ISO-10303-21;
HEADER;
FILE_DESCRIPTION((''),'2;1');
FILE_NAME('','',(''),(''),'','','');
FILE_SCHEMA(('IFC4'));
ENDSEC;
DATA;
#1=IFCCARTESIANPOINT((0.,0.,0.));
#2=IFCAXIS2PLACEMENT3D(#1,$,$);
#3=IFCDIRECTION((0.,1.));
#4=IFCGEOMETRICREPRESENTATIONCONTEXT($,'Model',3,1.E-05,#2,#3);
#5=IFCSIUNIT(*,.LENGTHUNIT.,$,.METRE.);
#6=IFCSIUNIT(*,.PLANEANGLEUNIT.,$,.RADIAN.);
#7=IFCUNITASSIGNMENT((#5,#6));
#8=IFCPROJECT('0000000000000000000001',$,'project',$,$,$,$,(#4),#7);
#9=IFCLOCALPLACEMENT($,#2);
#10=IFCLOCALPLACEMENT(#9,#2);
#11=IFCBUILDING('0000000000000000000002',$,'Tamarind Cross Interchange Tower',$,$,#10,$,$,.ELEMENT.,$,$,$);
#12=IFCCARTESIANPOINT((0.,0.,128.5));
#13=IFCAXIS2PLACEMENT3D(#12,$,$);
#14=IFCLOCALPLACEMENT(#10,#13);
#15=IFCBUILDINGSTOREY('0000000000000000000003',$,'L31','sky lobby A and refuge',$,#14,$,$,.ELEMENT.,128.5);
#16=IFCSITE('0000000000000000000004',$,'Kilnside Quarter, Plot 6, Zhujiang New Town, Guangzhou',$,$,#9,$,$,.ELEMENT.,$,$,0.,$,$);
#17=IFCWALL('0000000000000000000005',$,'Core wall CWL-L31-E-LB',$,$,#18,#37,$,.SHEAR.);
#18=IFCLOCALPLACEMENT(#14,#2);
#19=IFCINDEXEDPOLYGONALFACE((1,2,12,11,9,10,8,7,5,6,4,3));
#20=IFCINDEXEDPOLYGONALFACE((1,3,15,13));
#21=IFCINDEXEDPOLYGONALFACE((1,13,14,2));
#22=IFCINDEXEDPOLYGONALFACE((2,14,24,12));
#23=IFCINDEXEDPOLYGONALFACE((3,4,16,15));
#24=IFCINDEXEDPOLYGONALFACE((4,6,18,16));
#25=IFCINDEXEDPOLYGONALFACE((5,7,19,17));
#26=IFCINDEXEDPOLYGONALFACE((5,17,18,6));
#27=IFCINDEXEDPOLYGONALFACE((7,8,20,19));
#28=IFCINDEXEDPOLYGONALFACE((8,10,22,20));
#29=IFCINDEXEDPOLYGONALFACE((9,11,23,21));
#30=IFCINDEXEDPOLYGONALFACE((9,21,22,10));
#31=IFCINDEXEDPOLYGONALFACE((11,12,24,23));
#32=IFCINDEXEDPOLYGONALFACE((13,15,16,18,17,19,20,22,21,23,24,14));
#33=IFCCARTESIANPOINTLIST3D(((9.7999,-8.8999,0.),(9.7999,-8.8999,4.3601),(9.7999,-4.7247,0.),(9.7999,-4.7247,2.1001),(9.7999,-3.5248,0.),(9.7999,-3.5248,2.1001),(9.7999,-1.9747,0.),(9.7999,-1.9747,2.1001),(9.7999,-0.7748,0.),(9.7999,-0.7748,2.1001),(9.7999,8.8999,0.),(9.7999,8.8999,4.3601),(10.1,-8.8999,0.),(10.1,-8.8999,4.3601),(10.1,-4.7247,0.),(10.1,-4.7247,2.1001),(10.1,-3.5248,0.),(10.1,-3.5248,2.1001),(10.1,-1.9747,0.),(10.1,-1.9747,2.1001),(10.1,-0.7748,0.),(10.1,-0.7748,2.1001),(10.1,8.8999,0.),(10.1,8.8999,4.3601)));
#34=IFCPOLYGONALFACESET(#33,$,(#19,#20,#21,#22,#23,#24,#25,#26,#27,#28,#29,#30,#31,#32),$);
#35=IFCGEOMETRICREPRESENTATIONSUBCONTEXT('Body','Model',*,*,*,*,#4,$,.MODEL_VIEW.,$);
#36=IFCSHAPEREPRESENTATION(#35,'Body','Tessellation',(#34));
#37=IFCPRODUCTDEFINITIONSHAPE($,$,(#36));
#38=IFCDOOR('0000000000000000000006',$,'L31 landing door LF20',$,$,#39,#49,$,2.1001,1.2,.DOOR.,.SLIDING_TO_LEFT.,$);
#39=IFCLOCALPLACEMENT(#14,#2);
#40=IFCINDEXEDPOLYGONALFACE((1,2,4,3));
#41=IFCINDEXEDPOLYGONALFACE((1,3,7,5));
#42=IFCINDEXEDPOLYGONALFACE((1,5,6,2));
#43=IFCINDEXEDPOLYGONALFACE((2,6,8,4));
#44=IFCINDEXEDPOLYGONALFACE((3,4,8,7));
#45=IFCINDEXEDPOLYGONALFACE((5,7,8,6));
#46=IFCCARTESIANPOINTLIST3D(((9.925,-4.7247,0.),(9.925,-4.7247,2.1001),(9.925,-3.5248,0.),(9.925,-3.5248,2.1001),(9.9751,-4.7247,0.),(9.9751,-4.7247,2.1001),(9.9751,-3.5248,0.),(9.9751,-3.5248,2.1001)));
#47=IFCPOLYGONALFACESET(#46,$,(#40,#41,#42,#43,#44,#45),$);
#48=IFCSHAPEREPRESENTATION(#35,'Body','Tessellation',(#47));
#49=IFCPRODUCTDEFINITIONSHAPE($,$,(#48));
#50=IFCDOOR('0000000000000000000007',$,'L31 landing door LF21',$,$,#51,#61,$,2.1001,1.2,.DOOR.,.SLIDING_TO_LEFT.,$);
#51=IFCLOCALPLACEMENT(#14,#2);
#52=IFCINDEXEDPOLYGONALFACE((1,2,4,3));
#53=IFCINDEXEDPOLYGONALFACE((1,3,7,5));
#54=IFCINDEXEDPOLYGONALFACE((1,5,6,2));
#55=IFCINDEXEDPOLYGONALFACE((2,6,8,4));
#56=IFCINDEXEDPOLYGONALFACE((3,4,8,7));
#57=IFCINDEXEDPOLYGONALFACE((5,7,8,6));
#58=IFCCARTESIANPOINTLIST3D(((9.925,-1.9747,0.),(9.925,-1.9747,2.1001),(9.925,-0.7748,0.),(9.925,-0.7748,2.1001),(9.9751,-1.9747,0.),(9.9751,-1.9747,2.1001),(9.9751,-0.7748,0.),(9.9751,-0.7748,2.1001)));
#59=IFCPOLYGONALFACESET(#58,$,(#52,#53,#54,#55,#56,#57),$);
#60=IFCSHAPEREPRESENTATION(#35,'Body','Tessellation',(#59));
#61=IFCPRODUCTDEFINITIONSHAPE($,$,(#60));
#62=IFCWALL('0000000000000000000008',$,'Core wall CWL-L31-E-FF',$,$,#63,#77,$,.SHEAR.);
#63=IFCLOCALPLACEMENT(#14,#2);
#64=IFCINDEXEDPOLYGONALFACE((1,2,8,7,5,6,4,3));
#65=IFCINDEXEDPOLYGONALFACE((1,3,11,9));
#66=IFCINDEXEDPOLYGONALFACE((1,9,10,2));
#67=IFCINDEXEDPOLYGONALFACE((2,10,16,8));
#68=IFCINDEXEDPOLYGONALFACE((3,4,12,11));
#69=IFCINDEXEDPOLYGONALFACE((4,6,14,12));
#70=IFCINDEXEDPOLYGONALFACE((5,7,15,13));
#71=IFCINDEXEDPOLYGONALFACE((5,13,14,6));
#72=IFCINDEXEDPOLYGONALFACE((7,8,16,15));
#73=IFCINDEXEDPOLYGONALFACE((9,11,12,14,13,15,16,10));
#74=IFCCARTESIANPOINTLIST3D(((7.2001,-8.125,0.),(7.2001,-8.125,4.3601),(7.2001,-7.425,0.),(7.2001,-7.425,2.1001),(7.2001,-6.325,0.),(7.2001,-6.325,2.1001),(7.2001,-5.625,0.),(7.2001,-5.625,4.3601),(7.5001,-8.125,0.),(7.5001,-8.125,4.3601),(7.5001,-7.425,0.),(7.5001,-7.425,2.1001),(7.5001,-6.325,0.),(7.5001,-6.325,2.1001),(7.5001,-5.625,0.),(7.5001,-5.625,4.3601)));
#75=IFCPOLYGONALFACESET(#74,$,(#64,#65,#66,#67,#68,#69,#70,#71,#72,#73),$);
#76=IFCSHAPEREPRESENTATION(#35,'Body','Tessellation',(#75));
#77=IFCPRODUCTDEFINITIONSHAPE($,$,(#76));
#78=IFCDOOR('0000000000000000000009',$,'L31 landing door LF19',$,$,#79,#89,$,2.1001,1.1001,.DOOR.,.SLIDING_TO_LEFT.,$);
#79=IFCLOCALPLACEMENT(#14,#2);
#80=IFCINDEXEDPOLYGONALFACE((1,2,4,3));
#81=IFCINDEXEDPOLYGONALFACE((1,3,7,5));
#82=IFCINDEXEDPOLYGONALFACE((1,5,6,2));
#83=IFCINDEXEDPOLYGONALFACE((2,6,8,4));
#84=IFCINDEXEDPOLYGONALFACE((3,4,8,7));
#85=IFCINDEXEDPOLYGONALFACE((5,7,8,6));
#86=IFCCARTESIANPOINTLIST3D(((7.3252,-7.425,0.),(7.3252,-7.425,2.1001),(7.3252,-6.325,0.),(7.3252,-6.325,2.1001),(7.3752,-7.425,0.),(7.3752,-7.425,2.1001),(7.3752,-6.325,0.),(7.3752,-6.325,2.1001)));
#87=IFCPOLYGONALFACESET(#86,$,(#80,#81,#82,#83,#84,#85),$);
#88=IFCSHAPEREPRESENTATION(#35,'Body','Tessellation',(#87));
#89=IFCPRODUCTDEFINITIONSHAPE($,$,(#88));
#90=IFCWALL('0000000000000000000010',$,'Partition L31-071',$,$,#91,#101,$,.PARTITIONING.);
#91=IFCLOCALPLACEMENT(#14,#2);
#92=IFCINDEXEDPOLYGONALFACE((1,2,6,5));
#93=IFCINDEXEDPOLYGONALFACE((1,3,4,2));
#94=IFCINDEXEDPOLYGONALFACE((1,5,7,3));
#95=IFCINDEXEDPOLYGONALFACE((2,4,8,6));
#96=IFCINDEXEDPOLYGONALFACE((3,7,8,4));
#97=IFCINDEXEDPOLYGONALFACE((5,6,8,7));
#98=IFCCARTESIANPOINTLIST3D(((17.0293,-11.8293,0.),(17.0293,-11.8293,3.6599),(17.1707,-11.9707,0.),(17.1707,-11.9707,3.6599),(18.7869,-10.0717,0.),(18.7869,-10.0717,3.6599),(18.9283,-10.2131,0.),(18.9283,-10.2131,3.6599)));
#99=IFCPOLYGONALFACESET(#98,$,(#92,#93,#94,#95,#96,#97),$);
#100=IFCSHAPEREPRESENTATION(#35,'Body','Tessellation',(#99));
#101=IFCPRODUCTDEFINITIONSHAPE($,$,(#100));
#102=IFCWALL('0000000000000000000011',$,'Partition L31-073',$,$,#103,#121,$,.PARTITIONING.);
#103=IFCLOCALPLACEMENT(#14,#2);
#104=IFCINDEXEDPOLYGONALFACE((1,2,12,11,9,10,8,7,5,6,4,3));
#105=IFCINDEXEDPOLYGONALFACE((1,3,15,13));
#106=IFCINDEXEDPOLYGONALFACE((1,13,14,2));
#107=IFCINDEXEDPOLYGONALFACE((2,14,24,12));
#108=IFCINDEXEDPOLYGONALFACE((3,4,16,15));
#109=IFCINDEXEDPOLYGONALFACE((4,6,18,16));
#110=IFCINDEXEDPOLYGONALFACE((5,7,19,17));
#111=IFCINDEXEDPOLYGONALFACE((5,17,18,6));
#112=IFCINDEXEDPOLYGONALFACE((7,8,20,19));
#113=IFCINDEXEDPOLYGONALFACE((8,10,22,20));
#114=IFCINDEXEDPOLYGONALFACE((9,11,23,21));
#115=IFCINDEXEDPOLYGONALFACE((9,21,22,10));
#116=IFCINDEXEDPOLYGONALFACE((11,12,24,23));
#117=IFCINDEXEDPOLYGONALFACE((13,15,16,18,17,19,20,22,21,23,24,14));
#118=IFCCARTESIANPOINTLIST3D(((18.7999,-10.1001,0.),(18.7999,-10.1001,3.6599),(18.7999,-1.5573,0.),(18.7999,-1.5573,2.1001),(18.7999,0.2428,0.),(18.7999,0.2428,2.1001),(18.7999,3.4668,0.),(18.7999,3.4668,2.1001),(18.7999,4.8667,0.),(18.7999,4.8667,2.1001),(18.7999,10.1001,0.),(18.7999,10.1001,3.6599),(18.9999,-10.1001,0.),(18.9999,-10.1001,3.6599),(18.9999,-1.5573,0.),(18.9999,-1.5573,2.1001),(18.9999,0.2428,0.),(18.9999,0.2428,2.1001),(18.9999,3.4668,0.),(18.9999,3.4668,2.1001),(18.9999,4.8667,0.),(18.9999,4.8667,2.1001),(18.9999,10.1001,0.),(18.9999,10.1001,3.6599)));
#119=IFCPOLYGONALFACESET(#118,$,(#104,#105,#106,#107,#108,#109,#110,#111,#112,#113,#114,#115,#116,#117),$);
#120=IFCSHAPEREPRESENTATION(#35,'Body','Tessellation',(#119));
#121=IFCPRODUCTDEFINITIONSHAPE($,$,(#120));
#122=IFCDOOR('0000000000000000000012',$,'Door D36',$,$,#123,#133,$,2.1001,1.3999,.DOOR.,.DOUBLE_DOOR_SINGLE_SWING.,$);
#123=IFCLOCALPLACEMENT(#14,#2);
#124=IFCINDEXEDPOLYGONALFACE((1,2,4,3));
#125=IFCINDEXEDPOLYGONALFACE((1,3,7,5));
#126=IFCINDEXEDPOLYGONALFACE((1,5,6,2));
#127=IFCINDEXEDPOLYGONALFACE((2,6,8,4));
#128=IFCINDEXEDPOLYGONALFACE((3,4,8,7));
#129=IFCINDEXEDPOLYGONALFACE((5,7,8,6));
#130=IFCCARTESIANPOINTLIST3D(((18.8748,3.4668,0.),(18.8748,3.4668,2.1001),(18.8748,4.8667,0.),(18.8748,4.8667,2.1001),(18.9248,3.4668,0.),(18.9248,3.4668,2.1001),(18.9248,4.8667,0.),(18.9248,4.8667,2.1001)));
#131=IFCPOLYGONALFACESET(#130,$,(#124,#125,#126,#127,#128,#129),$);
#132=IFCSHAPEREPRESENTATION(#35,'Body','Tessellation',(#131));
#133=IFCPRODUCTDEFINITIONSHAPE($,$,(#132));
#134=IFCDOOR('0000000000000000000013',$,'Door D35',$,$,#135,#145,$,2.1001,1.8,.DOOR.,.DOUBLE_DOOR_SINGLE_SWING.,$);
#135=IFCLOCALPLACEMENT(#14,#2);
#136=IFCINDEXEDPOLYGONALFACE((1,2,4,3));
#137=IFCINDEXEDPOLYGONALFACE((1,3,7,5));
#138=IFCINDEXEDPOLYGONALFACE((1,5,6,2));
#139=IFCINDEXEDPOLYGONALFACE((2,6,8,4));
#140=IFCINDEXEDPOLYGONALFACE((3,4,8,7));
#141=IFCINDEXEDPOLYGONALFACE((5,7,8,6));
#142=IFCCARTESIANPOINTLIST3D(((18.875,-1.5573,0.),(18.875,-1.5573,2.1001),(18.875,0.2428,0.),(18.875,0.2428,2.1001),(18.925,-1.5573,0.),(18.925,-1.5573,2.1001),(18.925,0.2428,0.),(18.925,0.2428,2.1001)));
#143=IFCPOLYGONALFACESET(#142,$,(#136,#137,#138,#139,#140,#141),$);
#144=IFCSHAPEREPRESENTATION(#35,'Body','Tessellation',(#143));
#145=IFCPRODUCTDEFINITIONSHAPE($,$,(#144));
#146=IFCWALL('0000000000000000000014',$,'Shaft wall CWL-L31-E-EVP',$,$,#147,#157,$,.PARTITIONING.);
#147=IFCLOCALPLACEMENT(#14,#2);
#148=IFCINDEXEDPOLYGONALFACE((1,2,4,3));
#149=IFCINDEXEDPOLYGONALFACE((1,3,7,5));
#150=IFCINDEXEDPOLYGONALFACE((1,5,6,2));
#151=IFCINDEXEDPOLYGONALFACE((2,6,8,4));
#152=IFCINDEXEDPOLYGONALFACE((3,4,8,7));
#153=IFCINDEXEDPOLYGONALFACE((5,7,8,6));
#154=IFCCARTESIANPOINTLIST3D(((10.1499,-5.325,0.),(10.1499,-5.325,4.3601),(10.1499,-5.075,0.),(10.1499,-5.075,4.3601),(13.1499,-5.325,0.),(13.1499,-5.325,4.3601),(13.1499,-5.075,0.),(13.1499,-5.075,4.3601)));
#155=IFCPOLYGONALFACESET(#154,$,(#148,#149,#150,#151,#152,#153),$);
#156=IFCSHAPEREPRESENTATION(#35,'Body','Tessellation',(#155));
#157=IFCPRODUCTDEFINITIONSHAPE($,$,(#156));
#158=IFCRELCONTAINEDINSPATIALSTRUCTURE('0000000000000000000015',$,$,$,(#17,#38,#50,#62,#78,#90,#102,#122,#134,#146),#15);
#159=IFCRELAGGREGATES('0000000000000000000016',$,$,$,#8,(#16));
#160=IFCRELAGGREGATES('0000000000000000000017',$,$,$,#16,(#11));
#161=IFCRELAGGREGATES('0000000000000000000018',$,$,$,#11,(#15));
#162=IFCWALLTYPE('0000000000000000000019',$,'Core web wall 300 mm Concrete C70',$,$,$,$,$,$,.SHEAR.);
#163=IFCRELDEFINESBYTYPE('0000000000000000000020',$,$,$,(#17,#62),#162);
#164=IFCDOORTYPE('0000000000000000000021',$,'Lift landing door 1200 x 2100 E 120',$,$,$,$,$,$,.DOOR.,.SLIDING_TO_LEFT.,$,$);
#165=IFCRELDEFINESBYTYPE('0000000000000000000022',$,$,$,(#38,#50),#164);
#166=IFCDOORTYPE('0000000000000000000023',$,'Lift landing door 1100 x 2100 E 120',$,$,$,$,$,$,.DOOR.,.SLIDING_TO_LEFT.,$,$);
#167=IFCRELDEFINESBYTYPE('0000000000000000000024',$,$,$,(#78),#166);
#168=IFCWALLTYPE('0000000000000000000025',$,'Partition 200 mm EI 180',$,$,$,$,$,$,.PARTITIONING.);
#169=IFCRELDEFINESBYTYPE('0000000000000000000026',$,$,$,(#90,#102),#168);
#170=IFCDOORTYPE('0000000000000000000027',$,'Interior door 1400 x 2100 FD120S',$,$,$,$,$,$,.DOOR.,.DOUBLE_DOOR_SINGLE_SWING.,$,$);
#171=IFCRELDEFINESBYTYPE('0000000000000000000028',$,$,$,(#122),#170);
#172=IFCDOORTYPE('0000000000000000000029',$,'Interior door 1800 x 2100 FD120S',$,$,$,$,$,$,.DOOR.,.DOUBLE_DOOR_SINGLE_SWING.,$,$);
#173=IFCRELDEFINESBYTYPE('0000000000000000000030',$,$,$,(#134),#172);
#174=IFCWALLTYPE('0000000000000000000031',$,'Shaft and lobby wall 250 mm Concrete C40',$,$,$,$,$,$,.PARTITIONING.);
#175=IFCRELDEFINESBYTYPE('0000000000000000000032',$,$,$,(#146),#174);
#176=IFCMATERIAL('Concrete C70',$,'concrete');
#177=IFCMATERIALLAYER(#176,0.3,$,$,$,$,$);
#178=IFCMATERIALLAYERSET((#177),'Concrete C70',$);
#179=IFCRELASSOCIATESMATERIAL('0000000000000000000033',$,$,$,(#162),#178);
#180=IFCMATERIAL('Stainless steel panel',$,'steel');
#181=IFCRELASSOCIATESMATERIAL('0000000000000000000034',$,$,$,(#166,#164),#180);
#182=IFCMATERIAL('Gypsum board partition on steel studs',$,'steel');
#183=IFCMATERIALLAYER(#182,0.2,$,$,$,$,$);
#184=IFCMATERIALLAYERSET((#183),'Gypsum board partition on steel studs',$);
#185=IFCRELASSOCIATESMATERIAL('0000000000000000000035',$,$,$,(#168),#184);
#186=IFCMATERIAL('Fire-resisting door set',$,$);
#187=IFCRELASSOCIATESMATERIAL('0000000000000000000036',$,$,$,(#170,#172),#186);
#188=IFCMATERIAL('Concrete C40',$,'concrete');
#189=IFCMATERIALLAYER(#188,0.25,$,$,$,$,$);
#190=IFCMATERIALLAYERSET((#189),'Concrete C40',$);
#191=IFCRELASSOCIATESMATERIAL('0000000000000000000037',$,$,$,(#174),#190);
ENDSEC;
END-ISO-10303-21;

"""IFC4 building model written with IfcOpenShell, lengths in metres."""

from ifc_helpers import new_model, si_unit, direction, frame, frame_2d, origin, place, context, subcontext, project, spatial, rectangle, extrude, material, layer, layer_set, type_object, element, fill, save


model = new_model("IFC4")

# Units and contexts
model_context = context("Model", 3, precision=1e-05, world=origin(), true_north=direction((0.0, 1.0)))
body_context = subcontext(model_context, "Body", "Model", "MODEL_VIEW")
ifc_project = project(units=[si_unit("LENGTHUNIT", "METRE"), si_unit("PLANEANGLEUNIT", "RADIAN")], contexts=[model_context])

# Site, building, storey
site_placement = place(None, origin())
site = spatial("IfcSite", under=ifc_project, at=site_placement, Name="Kilnside Quarter, Plot 6, Zhujiang New Town, Guangzhou", CompositionType="ELEMENT", RefElevation=0.0)
building_placement = place(site_placement, origin())
building = spatial("IfcBuilding", under=site, at=building_placement, Name="Tamarind Cross Interchange Tower", CompositionType="ELEMENT")
storey_placement = place(building_placement, frame((0.0, 0.0, 128.5)))
storey = spatial("IfcBuildingStorey", under=building, at=storey_placement, Name="L31", Description="sky lobby A and refuge", CompositionType="ELEMENT", Elevation=128.5)

# Wall, openings, doors
ifc_material_1 = material(Name="Concrete C70", Category="concrete")
ifc_layer_1 = layer(ifc_material_1, 0.3)
ifc_layer_set_1 = layer_set([ifc_layer_1], Name="Concrete C70")
wall_type_1 = type_object("IfcWallType", Name="Core web wall 300 mm Concrete C70", PredefinedType="SHEAR", material=ifc_layer_set_1)
ifc_material_2 = material(Name="Stainless steel panel", Category="steel")
door_type_1 = type_object("IfcDoorType", Name="Lift landing door 1100 x 2100 E 120", OperationType="SLIDING_TO_LEFT", PredefinedType="DOOR", material=ifc_material_2)
wall_1_placement = place(storey_placement, frame((9.95, -8.8999, 0.0), z_axis=(0.0, 0.0, 1.0), x_axis=(0.0, 1.0, 0.0)))
wall_1 = element("IfcWall", 1, at=wall_1_placement, inside=storey, type_object=wall_type_1, Name="Core wall CWL-L31-E-LB", PredefinedType="SHEAR", context=body_context, shape_type="SweptSolid", body=[
    extrude(rectangle(XDim=17.7998, YDim=0.3, at=frame_2d((8.8999, 0.0))), origin(), (0.0, 0.0, 1.0), 4.3601),
])
opening_1_placement = place(wall_1_placement, frame((4.175, 0.0, 0.0)))
opening_1 = element("IfcOpeningElement", 2, at=opening_1_placement, cuts=wall_1, PredefinedType="OPENING", context=body_context, shape_type="SweptSolid", body=[
    extrude(rectangle(XDim=1.2, YDim=2.1001, at=frame_2d((0.6001, 1.05))), frame((0.0, 0.1599, 0.0), z_axis=(0.0, -1.0, 0.0), x_axis=(1.0, 0.0, 0.0)), (0.0, 0.0, 1.0), 0.3201),
])
opening_2_placement = place(wall_1_placement, frame((6.925, 0.0, 0.0)))
opening_2 = element("IfcOpeningElement", 3, at=opening_2_placement, cuts=wall_1, PredefinedType="OPENING", context=body_context, shape_type="SweptSolid", body=[
    extrude(rectangle(XDim=1.2, YDim=2.1001, at=frame_2d((0.6001, 1.05))), frame((0.0, 0.1599, 0.0), z_axis=(0.0, -1.0, 0.0), x_axis=(1.0, 0.0, 0.0)), (0.0, 0.0, 1.0), 0.3201),
])
door_type_2 = type_object("IfcDoorType", Name="Lift landing door 1200 x 2100 E 120", OperationType="SLIDING_TO_LEFT", PredefinedType="DOOR", material=ifc_material_2)
door_1_placement = place(opening_1_placement, origin())
door_1 = element("IfcDoor", 4, at=door_1_placement, inside=storey, type_object=door_type_2, Name="L31 landing door LF20", OperationType="SLIDING_TO_LEFT", OverallHeight=2.1001, OverallWidth=1.2, PredefinedType="DOOR", context=body_context, shape_type="SweptSolid", body=[
    extrude(rectangle(XDim=1.2, YDim=2.1001, at=frame_2d((0.6001, 1.05))), frame((0.0, 0.0249, 0.0), z_axis=(0.0, -1.0, 0.0), x_axis=(1.0, 0.0, 0.0)), (0.0, 0.0, 1.0), 0.05),
])
fill(opening_1, door_1)
door_2_placement = place(opening_2_placement, origin())
door_2 = element("IfcDoor", 5, at=door_2_placement, inside=storey, type_object=door_type_2, Name="L31 landing door LF21", OperationType="SLIDING_TO_LEFT", OverallHeight=2.1001, OverallWidth=1.2, PredefinedType="DOOR", context=body_context, shape_type="SweptSolid", body=[
    extrude(rectangle(XDim=1.2, YDim=2.1001, at=frame_2d((0.6001, 1.05))), frame((0.0, 0.0249, 0.0), z_axis=(0.0, -1.0, 0.0), x_axis=(1.0, 0.0, 0.0)), (0.0, 0.0, 1.0), 0.05),
])
fill(opening_2, door_2)

# Wall, opening, door
wall_2_placement = place(storey_placement, frame((7.3501, -8.125, 0.0), z_axis=(0.0, 0.0, 1.0), x_axis=(0.0, 1.0, 0.0)))
wall_2 = element("IfcWall", 6, at=wall_2_placement, inside=storey, type_object=wall_type_1, Name="Core wall CWL-L31-E-FF", PredefinedType="SHEAR", context=body_context, shape_type="SweptSolid", body=[
    extrude(rectangle(XDim=2.5, YDim=0.3, at=frame_2d((1.25, 0.0))), origin(), (0.0, 0.0, 1.0), 4.3601),
])
opening_3_placement = place(wall_2_placement, frame((0.7, 0.0, 0.0)))
opening_3 = element("IfcOpeningElement", 7, at=opening_3_placement, cuts=wall_2, PredefinedType="OPENING", context=body_context, shape_type="SweptSolid", body=[
    extrude(rectangle(XDim=1.1001, YDim=2.1001, at=frame_2d((0.55, 1.05))), frame((0.0, 0.1599, 0.0), z_axis=(0.0, -1.0, 0.0), x_axis=(1.0, 0.0, 0.0)), (0.0, 0.0, 1.0), 0.3201),
])
door_3_placement = place(opening_3_placement, origin())
door_3 = element("IfcDoor", 8, at=door_3_placement, inside=storey, type_object=door_type_1, Name="L31 landing door LF19", OperationType="SLIDING_TO_LEFT", OverallHeight=2.1001, OverallWidth=1.1001, PredefinedType="DOOR", context=body_context, shape_type="SweptSolid", body=[
    extrude(rectangle(XDim=1.1001, YDim=2.1001, at=frame_2d((0.55, 1.05))), frame((0.0, 0.0249, 0.0), z_axis=(0.0, -1.0, 0.0), x_axis=(1.0, 0.0, 0.0)), (0.0, 0.0, 1.0), 0.05),
])
fill(opening_3, door_3)

# Wall
ifc_material_3 = material(Name="Gypsum board partition on steel studs", Category="steel")
ifc_layer_2 = layer(ifc_material_3, 0.2)
ifc_layer_set_2 = layer_set([ifc_layer_2], Name="Gypsum board partition on steel studs")
wall_type_2 = type_object("IfcWallType", Name="Partition 200 mm EI 180", PredefinedType="PARTITIONING", material=ifc_layer_set_2)
wall_3_placement = place(storey_placement, frame((17.1001, -11.8999, 0.0), z_axis=(0.0, 0.0, 1.0), x_axis=(0.707107, 0.707107, 0.0)))
element("IfcWall", 9, at=wall_3_placement, inside=storey, type_object=wall_type_2, Name="Partition L31-071", PredefinedType="PARTITIONING", context=body_context, shape_type="SweptSolid", body=[
    extrude(rectangle(XDim=2.4856, YDim=0.2, at=frame_2d((1.2427, 0.0))), origin(), (0.0, 0.0, 1.0), 3.6599),
])

# Wall, openings, doors
wall_4_placement = place(storey_placement, frame((18.8999, -10.1001, 0.0), z_axis=(0.0, 0.0, 1.0), x_axis=(0.0, 1.0, 0.0)))
wall_4 = element("IfcWall", 10, at=wall_4_placement, inside=storey, type_object=wall_type_2, Name="Partition L31-073", PredefinedType="PARTITIONING", context=body_context, shape_type="SweptSolid", body=[
    extrude(rectangle(XDim=20.2002, YDim=0.2, at=frame_2d((10.1001, 0.0))), origin(), (0.0, 0.0, 1.0), 3.6599),
])
opening_4_placement = place(wall_4_placement, frame((8.543, 0.0, 0.0)))
opening_4 = element("IfcOpeningElement", 11, at=opening_4_placement, cuts=wall_4, PredefinedType="OPENING", context=body_context, shape_type="SweptSolid", body=[
    extrude(rectangle(XDim=1.8, YDim=2.1001, at=frame_2d((0.8999, 1.05))), frame((0.0, 0.1099, 0.0), z_axis=(0.0, -1.0, 0.0), x_axis=(1.0, 0.0, 0.0)), (0.0, 0.0, 1.0), 0.22),
])
opening_5_placement = place(wall_4_placement, frame((13.5669, 0.0, 0.0)))
opening_5 = element("IfcOpeningElement", 12, at=opening_5_placement, cuts=wall_4, PredefinedType="OPENING", context=body_context, shape_type="SweptSolid", body=[
    extrude(rectangle(XDim=1.3999, YDim=2.1001, at=frame_2d((0.7, 1.05))), frame((0.0, 0.1099, 0.0), z_axis=(0.0, -1.0, 0.0), x_axis=(1.0, 0.0, 0.0)), (0.0, 0.0, 1.0), 0.22),
])
ifc_material_4 = material(Name="Fire-resisting door set")
door_type_3 = type_object("IfcDoorType", Name="Interior door 1400 x 2100 FD120S", OperationType="DOUBLE_DOOR_SINGLE_SWING", PredefinedType="DOOR", material=ifc_material_4)
door_4_placement = place(opening_5_placement, frame((1.3999, 0.0, 0.0), z_axis=(0.0, 0.0, 1.0), x_axis=(-1.0, 0.0, 0.0)))
door_4 = element("IfcDoor", 13, at=door_4_placement, inside=storey, type_object=door_type_3, Name="Door D36", OperationType="DOUBLE_DOOR_SINGLE_SWING", OverallHeight=2.1001, OverallWidth=1.3999, PredefinedType="DOOR", context=body_context, shape_type="SweptSolid", body=[
    extrude(rectangle(XDim=1.3999, YDim=2.1001, at=frame_2d((0.7, 1.05))), frame((0.0, 0.0249, 0.0), z_axis=(0.0, -1.0, 0.0), x_axis=(1.0, 0.0, 0.0)), (0.0, 0.0, 1.0), 0.05),
])
fill(opening_5, door_4)
door_type_4 = type_object("IfcDoorType", Name="Interior door 1800 x 2100 FD120S", OperationType="DOUBLE_DOOR_SINGLE_SWING", PredefinedType="DOOR", material=ifc_material_4)
door_5_placement = place(opening_4_placement, origin())
door_5 = element("IfcDoor", 14, at=door_5_placement, inside=storey, type_object=door_type_4, Name="Door D35", OperationType="DOUBLE_DOOR_SINGLE_SWING", OverallHeight=2.1001, OverallWidth=1.8, PredefinedType="DOOR", context=body_context, shape_type="SweptSolid", body=[
    extrude(rectangle(XDim=1.8, YDim=2.1001, at=frame_2d((0.8999, 1.05))), frame((0.0, 0.0249, 0.0), z_axis=(0.0, -1.0, 0.0), x_axis=(1.0, 0.0, 0.0)), (0.0, 0.0, 1.0), 0.05),
])
fill(opening_4, door_5)

# Wall
ifc_material_5 = material(Name="Concrete C40", Category="concrete")
ifc_layer_3 = layer(ifc_material_5, 0.25)
ifc_layer_set_3 = layer_set([ifc_layer_3], Name="Concrete C40")
wall_type_3 = type_object("IfcWallType", Name="Shaft and lobby wall 250 mm Concrete C40", PredefinedType="PARTITIONING", material=ifc_layer_set_3)
wall_5_placement = place(storey_placement, frame((13.1499, -5.2, 0.0), z_axis=(0.0, 0.0, 1.0), x_axis=(-1.0, 0.0, 0.0)))
element("IfcWall", 15, at=wall_5_placement, inside=storey, type_object=wall_type_3, Name="Shaft wall CWL-L31-E-EVP", PredefinedType="PARTITIONING", context=body_context, shape_type="SweptSolid", body=[
    extrude(rectangle(XDim=3.0, YDim=0.25, at=frame_2d((1.5, 0.0))), origin(), (0.0, 0.0, 1.0), 4.3601),
])

save(model, "model.ifc")
